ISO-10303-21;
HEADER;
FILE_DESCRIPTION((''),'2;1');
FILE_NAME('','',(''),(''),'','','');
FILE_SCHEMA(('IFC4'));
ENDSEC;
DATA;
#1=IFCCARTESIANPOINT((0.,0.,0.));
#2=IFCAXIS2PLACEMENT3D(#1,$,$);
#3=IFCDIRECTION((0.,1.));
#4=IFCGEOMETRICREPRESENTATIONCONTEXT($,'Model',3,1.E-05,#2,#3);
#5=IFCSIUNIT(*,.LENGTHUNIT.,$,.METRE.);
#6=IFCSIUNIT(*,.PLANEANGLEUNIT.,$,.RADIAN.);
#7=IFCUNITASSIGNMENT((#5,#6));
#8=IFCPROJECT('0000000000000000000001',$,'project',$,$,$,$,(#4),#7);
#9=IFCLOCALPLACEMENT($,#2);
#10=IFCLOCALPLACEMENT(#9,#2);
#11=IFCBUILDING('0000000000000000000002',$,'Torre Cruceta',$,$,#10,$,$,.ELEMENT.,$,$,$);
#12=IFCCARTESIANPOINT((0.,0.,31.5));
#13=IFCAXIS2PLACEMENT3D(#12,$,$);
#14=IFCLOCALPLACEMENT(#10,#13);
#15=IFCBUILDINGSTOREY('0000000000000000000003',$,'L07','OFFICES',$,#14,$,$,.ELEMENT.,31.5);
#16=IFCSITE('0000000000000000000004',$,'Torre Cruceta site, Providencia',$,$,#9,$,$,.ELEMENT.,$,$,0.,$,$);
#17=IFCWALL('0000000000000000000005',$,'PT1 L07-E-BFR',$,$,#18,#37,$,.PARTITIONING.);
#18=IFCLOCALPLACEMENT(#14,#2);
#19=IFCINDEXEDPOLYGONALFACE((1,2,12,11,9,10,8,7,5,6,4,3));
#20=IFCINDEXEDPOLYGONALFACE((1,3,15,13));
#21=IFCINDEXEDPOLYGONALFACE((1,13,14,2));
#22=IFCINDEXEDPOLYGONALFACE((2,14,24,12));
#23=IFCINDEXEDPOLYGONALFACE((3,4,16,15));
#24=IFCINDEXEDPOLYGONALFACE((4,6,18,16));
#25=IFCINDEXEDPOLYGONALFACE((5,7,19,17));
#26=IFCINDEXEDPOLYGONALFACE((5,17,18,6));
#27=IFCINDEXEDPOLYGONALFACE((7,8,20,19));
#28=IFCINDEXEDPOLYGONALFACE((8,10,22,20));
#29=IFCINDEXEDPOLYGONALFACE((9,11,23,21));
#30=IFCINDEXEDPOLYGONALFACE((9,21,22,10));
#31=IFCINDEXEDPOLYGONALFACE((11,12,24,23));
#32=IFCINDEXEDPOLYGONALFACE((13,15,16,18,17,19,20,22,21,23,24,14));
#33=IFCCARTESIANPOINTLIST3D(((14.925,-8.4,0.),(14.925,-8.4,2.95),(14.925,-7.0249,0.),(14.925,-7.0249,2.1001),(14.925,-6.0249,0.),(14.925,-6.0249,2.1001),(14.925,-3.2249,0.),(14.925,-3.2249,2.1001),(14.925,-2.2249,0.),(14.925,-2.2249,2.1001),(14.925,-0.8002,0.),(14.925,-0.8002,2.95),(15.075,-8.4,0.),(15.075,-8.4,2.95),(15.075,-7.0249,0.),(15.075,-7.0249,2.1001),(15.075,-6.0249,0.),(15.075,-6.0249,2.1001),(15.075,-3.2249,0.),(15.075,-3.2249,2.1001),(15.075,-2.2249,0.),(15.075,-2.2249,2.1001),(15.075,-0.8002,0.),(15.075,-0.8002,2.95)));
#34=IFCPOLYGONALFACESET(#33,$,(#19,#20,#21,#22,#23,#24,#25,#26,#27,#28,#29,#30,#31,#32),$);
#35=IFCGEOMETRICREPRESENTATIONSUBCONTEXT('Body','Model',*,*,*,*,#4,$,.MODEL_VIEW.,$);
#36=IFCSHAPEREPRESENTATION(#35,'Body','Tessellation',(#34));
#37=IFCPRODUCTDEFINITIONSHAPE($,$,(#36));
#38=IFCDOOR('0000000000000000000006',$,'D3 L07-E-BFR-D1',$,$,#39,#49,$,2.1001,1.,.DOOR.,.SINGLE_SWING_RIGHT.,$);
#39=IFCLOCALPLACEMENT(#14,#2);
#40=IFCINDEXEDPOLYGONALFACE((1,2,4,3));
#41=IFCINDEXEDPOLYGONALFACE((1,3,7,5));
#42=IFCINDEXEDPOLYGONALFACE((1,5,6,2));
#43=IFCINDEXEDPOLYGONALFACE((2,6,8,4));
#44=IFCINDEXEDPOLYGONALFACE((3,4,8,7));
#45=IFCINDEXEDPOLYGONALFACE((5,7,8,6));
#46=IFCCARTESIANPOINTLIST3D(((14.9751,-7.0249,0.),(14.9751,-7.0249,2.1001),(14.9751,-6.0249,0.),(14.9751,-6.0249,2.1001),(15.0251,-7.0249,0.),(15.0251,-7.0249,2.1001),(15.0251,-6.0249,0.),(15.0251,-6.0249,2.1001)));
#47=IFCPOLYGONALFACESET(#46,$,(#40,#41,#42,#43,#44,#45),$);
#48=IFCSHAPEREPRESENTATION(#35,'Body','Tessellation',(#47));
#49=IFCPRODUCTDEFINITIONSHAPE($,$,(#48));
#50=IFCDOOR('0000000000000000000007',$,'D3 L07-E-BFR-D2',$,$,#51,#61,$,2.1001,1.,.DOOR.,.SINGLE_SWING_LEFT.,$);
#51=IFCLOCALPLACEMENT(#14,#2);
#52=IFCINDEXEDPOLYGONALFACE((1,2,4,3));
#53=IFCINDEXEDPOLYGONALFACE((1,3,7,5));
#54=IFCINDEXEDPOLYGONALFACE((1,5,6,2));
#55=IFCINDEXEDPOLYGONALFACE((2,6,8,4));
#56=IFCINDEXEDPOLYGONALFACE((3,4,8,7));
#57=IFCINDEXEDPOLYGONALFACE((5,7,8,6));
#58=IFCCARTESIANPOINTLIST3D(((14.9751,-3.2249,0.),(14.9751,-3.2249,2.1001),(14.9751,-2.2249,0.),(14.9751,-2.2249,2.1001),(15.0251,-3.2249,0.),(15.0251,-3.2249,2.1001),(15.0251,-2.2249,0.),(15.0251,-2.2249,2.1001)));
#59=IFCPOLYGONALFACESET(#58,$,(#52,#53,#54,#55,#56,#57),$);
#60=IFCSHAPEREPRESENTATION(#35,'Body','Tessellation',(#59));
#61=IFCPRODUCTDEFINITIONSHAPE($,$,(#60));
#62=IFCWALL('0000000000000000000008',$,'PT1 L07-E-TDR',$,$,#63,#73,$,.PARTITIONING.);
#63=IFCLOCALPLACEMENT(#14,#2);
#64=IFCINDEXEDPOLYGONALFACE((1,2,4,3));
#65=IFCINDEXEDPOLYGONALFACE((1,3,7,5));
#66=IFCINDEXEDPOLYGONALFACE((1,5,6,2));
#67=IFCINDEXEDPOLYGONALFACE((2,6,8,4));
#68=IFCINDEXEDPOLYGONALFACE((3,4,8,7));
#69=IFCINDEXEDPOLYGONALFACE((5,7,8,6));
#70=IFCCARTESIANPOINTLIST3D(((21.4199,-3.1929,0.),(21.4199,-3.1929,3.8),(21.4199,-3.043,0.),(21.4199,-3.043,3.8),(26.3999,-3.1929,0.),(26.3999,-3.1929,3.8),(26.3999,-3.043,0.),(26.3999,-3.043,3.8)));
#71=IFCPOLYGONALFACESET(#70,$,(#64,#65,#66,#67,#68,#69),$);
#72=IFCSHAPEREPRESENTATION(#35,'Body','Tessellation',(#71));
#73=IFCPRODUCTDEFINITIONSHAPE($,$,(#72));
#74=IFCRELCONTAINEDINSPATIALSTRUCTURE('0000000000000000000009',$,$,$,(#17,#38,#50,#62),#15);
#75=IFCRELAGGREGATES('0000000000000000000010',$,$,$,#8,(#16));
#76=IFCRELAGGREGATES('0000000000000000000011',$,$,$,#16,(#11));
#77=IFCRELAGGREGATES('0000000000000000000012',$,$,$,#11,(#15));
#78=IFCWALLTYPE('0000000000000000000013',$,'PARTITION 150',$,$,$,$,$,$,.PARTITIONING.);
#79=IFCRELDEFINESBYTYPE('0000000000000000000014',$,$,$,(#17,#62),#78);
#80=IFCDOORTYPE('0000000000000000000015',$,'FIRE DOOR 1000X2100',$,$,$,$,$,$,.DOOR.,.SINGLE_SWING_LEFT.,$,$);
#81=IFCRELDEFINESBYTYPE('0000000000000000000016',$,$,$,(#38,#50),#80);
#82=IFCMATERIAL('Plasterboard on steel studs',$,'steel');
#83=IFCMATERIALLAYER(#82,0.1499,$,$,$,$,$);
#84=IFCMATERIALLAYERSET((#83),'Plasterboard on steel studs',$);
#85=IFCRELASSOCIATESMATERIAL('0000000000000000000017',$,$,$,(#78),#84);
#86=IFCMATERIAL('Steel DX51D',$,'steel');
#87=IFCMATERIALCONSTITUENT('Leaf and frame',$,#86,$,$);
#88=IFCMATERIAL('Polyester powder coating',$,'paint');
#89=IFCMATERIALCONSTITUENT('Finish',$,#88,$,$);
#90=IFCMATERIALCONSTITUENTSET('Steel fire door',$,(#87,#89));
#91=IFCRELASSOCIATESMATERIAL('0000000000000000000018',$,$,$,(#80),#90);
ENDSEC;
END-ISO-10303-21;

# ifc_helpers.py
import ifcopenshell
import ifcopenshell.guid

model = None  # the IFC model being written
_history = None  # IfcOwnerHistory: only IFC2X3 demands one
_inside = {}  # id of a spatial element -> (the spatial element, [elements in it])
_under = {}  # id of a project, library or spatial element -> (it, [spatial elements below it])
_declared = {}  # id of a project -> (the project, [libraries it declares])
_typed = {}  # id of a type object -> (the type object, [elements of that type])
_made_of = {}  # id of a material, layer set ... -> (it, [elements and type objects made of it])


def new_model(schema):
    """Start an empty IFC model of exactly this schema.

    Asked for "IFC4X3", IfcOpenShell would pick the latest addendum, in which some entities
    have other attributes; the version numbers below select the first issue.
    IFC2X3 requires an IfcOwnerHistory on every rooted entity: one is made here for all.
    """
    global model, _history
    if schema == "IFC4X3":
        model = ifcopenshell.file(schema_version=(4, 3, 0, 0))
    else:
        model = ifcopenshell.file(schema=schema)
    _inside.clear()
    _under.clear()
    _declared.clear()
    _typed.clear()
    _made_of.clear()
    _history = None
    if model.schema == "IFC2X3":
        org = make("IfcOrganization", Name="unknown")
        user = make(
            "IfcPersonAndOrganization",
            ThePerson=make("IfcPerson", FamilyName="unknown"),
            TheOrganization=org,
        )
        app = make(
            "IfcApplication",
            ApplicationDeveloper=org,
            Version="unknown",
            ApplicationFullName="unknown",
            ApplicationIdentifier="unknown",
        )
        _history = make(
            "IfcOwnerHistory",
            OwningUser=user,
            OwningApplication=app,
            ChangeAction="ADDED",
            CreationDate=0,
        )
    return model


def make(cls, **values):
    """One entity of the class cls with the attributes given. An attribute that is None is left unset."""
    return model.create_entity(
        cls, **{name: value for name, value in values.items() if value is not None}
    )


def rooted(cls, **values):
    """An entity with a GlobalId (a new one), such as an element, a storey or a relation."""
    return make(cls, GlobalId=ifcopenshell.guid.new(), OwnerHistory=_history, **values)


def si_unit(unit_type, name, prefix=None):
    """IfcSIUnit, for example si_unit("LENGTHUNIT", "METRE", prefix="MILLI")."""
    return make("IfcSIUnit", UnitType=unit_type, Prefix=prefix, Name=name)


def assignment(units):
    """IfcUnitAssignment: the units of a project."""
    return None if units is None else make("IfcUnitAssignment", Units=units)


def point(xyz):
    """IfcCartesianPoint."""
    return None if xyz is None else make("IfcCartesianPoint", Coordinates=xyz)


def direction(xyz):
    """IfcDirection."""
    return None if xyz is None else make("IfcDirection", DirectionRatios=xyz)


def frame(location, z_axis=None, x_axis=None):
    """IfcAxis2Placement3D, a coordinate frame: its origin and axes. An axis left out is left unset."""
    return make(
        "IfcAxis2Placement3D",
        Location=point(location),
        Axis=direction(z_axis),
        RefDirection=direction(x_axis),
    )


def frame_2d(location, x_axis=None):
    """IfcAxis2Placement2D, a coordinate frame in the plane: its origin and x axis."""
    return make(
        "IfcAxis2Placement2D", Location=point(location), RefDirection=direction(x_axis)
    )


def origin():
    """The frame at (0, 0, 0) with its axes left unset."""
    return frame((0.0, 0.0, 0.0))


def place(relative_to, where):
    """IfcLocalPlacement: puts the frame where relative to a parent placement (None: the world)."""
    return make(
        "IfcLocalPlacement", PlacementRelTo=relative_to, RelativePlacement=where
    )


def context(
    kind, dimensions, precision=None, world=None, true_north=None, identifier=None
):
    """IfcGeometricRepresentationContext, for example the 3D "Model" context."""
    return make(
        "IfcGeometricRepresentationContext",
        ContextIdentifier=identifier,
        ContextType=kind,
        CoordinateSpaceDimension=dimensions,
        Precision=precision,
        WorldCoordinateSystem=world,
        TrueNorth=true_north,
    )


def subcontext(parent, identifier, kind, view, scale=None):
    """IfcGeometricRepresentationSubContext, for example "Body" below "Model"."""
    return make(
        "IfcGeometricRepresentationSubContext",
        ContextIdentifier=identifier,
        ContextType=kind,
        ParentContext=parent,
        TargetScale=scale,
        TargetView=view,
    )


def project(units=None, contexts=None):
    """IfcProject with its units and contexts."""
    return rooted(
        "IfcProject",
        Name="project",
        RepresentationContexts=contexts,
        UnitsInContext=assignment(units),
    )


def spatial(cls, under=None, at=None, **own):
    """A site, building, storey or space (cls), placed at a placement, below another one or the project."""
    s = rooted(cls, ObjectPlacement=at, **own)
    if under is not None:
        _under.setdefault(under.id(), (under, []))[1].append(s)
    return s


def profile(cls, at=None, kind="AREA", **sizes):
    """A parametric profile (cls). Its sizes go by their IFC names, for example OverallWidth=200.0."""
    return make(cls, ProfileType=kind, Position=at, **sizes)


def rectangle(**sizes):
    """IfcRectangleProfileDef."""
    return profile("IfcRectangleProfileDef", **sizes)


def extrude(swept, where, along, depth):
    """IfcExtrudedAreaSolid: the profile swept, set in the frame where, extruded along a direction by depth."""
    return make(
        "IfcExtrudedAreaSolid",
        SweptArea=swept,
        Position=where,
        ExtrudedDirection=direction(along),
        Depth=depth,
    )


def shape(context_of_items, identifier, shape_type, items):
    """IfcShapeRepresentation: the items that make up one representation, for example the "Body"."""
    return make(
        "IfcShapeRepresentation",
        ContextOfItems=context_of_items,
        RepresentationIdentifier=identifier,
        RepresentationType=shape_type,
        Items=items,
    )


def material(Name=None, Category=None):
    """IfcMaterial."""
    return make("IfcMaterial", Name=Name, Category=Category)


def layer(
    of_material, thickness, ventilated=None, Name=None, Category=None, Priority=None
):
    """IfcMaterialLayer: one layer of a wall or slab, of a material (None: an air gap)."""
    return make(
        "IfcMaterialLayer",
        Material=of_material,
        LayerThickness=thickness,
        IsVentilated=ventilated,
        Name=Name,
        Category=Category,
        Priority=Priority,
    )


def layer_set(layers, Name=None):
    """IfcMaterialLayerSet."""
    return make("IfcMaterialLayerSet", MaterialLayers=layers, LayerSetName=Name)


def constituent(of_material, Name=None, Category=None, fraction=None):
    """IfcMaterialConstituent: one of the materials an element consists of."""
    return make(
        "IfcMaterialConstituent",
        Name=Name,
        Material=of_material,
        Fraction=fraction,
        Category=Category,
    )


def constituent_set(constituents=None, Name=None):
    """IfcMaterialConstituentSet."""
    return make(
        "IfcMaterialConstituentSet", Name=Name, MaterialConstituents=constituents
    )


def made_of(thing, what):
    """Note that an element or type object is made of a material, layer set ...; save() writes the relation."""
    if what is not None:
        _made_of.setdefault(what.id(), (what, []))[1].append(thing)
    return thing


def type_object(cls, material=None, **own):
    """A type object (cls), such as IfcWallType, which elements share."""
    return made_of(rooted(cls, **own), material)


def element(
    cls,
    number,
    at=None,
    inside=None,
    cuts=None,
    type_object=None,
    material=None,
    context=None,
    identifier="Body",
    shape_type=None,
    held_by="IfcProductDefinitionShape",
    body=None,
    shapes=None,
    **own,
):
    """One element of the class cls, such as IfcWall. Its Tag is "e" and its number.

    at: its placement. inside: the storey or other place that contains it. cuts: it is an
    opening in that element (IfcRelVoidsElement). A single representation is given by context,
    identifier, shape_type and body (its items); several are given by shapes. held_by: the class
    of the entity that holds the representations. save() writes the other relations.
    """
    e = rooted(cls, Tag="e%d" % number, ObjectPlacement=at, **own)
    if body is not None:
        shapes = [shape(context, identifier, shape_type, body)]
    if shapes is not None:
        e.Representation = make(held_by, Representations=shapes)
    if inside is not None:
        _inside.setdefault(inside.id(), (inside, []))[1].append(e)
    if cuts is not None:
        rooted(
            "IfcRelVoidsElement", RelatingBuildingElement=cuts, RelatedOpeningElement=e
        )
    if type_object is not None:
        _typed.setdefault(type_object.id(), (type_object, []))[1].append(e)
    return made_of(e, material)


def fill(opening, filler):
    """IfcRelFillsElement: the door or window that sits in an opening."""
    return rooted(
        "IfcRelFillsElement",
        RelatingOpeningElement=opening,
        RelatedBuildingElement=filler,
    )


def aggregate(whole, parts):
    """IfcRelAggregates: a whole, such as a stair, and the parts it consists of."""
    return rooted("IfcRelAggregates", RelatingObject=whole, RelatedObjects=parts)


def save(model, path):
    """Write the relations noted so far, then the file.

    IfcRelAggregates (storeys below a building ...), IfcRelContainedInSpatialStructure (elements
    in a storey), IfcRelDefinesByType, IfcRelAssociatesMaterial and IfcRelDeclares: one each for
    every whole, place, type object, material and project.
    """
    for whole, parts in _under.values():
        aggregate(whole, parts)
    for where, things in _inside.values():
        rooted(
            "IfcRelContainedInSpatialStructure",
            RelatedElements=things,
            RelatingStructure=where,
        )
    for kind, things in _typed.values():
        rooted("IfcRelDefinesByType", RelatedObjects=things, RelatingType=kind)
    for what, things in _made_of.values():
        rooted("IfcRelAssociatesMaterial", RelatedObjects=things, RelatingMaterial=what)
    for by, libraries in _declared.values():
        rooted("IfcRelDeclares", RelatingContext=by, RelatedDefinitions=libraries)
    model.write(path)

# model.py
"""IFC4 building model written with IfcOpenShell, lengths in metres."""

from ifc_helpers import new_model, si_unit, direction, frame, frame_2d, origin, place, context, subcontext, project, spatial, rectangle, extrude, material, layer, layer_set, constituent, constituent_set, type_object, element, fill, save


model = new_model("IFC4")

# Units and contexts
model_context = context("Model", 3, precision=1e-05, world=origin(), true_north=direction((0.0, 1.0)))
body_context = subcontext(model_context, "Body", "Model", "MODEL_VIEW")
ifc_project = project(units=[si_unit("LENGTHUNIT", "METRE"), si_unit("PLANEANGLEUNIT", "RADIAN")], contexts=[model_context])

# Site, building, storey
site_placement = place(None, origin())
site = spatial("IfcSite", under=ifc_project, at=site_placement, Name="Torre Cruceta site, Providencia", CompositionType="ELEMENT", RefElevation=0.0)
building_placement = place(site_placement, origin())
building = spatial("IfcBuilding", under=site, at=building_placement, Name="Torre Cruceta", CompositionType="ELEMENT")
storey_placement = place(building_placement, frame((0.0, 0.0, 31.5)))
storey = spatial("IfcBuildingStorey", under=building, at=storey_placement, Name="L07", Description="OFFICES", CompositionType="ELEMENT", Elevation=31.5)

# Wall, openings, doors
ifc_material_1 = material(Name="Plasterboard on steel studs", Category="steel")
ifc_layer_1 = layer(ifc_material_1, 0.1499)
ifc_layer_set_1 = layer_set([ifc_layer_1], Name="Plasterboard on steel studs")
wall_type_1 = type_object("IfcWallType", Name="PARTITION 150", PredefinedType="PARTITIONING", material=ifc_layer_set_1)
wall_1_placement = place(storey_placement, frame((15.0, -8.3999, 0.0), z_axis=(0.0, 0.0, 1.0), x_axis=(0.0, 1.0, 0.0)))
wall_1 = element("IfcWall", 1, at=wall_1_placement, inside=storey, type_object=wall_type_1, Name="PT1 L07-E-BFR", PredefinedType="PARTITIONING", context=body_context, shape_type="SweptSolid", body=[
    extrude(rectangle(XDim=7.5999, YDim=0.1499, at=frame_2d((3.7998, 0.0))), origin(), (0.0, 0.0, 1.0), 2.95),
])
opening_1_placement = place(wall_1_placement, frame((1.375, 0.0, 0.0)))
opening_1 = element("IfcOpeningElement", 2, at=opening_1_placement, cuts=wall_1, PredefinedType="OPENING", context=body_context, shape_type="SweptSolid", body=[
    extrude(rectangle(XDim=1.0, YDim=2.1001, at=frame_2d((0.5, 1.05))), frame((0.0, 0.085, 0.0), z_axis=(0.0, -1.0, 0.0), x_axis=(1.0, 0.0, 0.0)), (0.0, 0.0, 1.0), 0.1699),
])
opening_2_placement = place(wall_1_placement, frame((5.175, 0.0, 0.0)))
opening_2 = element("IfcOpeningElement", 3, at=opening_2_placement, cuts=wall_1, PredefinedType="OPENING", context=body_context, shape_type="SweptSolid", body=[
    extrude(rectangle(XDim=1.0, YDim=2.1001, at=frame_2d((0.5, 1.05))), frame((0.0, 0.085, 0.0), z_axis=(0.0, -1.0, 0.0), x_axis=(1.0, 0.0, 0.0)), (0.0, 0.0, 1.0), 0.1699),
])
ifc_material_2 = material(Name="Steel DX51D", Category="steel")
ifc_constituent_1 = constituent(ifc_material_2, Name="Leaf and frame")
ifc_material_3 = material(Name="Polyester powder coating", Category="paint")
ifc_constituent_2 = constituent(ifc_material_3, Name="Finish")
ifc_constituent_set_1 = constituent_set(constituents=[ifc_constituent_1, ifc_constituent_2], Name="Steel fire door")
door_type = type_object("IfcDoorType", Name="FIRE DOOR 1000X2100", OperationType="SINGLE_SWING_LEFT", PredefinedType="DOOR", material=ifc_constituent_set_1)
door_1_placement = place(opening_1_placement, origin())
door_1 = element("IfcDoor", 4, at=door_1_placement, inside=storey, type_object=door_type, Name="D3 L07-E-BFR-D1", OperationType="SINGLE_SWING_RIGHT", OverallHeight=2.1001, OverallWidth=1.0, PredefinedType="DOOR", context=body_context, shape_type="SweptSolid", body=[
    extrude(rectangle(XDim=1.0, YDim=2.1001, at=frame_2d((0.5, 1.05))), frame((0.0, 0.0249, 0.0), z_axis=(0.0, -1.0, 0.0), x_axis=(1.0, 0.0, 0.0)), (0.0, 0.0, 1.0), 0.05),
])
fill(opening_1, door_1)
door_2_placement = place(opening_2_placement, origin())
door_2 = element("IfcDoor", 5, at=door_2_placement, inside=storey, type_object=door_type, Name="D3 L07-E-BFR-D2", OperationType="SINGLE_SWING_LEFT", OverallHeight=2.1001, OverallWidth=1.0, PredefinedType="DOOR", context=body_context, shape_type="SweptSolid", body=[
    extrude(rectangle(XDim=1.0, YDim=2.1001, at=frame_2d((0.5, 1.05))), frame((0.0, 0.0249, 0.0), z_axis=(0.0, -1.0, 0.0), x_axis=(1.0, 0.0, 0.0)), (0.0, 0.0, 1.0), 0.05),
])
fill(opening_2, door_2)

# Wall
wall_2_placement = place(storey_placement, frame((21.4199, -3.1179, 0.0), z_axis=(0.0, 0.0, 1.0), x_axis=(1.0, 0.0, 0.0)))
element("IfcWall", 6, at=wall_2_placement, inside=storey, type_object=wall_type_1, Name="PT1 L07-E-TDR", PredefinedType="PARTITIONING", context=body_context, shape_type="SweptSolid", body=[
    extrude(rectangle(XDim=4.98, YDim=0.1499, at=frame_2d((2.49, 0.0))), origin(), (0.0, 0.0, 1.0), 3.8),
])

save(model, "model.ifc")
